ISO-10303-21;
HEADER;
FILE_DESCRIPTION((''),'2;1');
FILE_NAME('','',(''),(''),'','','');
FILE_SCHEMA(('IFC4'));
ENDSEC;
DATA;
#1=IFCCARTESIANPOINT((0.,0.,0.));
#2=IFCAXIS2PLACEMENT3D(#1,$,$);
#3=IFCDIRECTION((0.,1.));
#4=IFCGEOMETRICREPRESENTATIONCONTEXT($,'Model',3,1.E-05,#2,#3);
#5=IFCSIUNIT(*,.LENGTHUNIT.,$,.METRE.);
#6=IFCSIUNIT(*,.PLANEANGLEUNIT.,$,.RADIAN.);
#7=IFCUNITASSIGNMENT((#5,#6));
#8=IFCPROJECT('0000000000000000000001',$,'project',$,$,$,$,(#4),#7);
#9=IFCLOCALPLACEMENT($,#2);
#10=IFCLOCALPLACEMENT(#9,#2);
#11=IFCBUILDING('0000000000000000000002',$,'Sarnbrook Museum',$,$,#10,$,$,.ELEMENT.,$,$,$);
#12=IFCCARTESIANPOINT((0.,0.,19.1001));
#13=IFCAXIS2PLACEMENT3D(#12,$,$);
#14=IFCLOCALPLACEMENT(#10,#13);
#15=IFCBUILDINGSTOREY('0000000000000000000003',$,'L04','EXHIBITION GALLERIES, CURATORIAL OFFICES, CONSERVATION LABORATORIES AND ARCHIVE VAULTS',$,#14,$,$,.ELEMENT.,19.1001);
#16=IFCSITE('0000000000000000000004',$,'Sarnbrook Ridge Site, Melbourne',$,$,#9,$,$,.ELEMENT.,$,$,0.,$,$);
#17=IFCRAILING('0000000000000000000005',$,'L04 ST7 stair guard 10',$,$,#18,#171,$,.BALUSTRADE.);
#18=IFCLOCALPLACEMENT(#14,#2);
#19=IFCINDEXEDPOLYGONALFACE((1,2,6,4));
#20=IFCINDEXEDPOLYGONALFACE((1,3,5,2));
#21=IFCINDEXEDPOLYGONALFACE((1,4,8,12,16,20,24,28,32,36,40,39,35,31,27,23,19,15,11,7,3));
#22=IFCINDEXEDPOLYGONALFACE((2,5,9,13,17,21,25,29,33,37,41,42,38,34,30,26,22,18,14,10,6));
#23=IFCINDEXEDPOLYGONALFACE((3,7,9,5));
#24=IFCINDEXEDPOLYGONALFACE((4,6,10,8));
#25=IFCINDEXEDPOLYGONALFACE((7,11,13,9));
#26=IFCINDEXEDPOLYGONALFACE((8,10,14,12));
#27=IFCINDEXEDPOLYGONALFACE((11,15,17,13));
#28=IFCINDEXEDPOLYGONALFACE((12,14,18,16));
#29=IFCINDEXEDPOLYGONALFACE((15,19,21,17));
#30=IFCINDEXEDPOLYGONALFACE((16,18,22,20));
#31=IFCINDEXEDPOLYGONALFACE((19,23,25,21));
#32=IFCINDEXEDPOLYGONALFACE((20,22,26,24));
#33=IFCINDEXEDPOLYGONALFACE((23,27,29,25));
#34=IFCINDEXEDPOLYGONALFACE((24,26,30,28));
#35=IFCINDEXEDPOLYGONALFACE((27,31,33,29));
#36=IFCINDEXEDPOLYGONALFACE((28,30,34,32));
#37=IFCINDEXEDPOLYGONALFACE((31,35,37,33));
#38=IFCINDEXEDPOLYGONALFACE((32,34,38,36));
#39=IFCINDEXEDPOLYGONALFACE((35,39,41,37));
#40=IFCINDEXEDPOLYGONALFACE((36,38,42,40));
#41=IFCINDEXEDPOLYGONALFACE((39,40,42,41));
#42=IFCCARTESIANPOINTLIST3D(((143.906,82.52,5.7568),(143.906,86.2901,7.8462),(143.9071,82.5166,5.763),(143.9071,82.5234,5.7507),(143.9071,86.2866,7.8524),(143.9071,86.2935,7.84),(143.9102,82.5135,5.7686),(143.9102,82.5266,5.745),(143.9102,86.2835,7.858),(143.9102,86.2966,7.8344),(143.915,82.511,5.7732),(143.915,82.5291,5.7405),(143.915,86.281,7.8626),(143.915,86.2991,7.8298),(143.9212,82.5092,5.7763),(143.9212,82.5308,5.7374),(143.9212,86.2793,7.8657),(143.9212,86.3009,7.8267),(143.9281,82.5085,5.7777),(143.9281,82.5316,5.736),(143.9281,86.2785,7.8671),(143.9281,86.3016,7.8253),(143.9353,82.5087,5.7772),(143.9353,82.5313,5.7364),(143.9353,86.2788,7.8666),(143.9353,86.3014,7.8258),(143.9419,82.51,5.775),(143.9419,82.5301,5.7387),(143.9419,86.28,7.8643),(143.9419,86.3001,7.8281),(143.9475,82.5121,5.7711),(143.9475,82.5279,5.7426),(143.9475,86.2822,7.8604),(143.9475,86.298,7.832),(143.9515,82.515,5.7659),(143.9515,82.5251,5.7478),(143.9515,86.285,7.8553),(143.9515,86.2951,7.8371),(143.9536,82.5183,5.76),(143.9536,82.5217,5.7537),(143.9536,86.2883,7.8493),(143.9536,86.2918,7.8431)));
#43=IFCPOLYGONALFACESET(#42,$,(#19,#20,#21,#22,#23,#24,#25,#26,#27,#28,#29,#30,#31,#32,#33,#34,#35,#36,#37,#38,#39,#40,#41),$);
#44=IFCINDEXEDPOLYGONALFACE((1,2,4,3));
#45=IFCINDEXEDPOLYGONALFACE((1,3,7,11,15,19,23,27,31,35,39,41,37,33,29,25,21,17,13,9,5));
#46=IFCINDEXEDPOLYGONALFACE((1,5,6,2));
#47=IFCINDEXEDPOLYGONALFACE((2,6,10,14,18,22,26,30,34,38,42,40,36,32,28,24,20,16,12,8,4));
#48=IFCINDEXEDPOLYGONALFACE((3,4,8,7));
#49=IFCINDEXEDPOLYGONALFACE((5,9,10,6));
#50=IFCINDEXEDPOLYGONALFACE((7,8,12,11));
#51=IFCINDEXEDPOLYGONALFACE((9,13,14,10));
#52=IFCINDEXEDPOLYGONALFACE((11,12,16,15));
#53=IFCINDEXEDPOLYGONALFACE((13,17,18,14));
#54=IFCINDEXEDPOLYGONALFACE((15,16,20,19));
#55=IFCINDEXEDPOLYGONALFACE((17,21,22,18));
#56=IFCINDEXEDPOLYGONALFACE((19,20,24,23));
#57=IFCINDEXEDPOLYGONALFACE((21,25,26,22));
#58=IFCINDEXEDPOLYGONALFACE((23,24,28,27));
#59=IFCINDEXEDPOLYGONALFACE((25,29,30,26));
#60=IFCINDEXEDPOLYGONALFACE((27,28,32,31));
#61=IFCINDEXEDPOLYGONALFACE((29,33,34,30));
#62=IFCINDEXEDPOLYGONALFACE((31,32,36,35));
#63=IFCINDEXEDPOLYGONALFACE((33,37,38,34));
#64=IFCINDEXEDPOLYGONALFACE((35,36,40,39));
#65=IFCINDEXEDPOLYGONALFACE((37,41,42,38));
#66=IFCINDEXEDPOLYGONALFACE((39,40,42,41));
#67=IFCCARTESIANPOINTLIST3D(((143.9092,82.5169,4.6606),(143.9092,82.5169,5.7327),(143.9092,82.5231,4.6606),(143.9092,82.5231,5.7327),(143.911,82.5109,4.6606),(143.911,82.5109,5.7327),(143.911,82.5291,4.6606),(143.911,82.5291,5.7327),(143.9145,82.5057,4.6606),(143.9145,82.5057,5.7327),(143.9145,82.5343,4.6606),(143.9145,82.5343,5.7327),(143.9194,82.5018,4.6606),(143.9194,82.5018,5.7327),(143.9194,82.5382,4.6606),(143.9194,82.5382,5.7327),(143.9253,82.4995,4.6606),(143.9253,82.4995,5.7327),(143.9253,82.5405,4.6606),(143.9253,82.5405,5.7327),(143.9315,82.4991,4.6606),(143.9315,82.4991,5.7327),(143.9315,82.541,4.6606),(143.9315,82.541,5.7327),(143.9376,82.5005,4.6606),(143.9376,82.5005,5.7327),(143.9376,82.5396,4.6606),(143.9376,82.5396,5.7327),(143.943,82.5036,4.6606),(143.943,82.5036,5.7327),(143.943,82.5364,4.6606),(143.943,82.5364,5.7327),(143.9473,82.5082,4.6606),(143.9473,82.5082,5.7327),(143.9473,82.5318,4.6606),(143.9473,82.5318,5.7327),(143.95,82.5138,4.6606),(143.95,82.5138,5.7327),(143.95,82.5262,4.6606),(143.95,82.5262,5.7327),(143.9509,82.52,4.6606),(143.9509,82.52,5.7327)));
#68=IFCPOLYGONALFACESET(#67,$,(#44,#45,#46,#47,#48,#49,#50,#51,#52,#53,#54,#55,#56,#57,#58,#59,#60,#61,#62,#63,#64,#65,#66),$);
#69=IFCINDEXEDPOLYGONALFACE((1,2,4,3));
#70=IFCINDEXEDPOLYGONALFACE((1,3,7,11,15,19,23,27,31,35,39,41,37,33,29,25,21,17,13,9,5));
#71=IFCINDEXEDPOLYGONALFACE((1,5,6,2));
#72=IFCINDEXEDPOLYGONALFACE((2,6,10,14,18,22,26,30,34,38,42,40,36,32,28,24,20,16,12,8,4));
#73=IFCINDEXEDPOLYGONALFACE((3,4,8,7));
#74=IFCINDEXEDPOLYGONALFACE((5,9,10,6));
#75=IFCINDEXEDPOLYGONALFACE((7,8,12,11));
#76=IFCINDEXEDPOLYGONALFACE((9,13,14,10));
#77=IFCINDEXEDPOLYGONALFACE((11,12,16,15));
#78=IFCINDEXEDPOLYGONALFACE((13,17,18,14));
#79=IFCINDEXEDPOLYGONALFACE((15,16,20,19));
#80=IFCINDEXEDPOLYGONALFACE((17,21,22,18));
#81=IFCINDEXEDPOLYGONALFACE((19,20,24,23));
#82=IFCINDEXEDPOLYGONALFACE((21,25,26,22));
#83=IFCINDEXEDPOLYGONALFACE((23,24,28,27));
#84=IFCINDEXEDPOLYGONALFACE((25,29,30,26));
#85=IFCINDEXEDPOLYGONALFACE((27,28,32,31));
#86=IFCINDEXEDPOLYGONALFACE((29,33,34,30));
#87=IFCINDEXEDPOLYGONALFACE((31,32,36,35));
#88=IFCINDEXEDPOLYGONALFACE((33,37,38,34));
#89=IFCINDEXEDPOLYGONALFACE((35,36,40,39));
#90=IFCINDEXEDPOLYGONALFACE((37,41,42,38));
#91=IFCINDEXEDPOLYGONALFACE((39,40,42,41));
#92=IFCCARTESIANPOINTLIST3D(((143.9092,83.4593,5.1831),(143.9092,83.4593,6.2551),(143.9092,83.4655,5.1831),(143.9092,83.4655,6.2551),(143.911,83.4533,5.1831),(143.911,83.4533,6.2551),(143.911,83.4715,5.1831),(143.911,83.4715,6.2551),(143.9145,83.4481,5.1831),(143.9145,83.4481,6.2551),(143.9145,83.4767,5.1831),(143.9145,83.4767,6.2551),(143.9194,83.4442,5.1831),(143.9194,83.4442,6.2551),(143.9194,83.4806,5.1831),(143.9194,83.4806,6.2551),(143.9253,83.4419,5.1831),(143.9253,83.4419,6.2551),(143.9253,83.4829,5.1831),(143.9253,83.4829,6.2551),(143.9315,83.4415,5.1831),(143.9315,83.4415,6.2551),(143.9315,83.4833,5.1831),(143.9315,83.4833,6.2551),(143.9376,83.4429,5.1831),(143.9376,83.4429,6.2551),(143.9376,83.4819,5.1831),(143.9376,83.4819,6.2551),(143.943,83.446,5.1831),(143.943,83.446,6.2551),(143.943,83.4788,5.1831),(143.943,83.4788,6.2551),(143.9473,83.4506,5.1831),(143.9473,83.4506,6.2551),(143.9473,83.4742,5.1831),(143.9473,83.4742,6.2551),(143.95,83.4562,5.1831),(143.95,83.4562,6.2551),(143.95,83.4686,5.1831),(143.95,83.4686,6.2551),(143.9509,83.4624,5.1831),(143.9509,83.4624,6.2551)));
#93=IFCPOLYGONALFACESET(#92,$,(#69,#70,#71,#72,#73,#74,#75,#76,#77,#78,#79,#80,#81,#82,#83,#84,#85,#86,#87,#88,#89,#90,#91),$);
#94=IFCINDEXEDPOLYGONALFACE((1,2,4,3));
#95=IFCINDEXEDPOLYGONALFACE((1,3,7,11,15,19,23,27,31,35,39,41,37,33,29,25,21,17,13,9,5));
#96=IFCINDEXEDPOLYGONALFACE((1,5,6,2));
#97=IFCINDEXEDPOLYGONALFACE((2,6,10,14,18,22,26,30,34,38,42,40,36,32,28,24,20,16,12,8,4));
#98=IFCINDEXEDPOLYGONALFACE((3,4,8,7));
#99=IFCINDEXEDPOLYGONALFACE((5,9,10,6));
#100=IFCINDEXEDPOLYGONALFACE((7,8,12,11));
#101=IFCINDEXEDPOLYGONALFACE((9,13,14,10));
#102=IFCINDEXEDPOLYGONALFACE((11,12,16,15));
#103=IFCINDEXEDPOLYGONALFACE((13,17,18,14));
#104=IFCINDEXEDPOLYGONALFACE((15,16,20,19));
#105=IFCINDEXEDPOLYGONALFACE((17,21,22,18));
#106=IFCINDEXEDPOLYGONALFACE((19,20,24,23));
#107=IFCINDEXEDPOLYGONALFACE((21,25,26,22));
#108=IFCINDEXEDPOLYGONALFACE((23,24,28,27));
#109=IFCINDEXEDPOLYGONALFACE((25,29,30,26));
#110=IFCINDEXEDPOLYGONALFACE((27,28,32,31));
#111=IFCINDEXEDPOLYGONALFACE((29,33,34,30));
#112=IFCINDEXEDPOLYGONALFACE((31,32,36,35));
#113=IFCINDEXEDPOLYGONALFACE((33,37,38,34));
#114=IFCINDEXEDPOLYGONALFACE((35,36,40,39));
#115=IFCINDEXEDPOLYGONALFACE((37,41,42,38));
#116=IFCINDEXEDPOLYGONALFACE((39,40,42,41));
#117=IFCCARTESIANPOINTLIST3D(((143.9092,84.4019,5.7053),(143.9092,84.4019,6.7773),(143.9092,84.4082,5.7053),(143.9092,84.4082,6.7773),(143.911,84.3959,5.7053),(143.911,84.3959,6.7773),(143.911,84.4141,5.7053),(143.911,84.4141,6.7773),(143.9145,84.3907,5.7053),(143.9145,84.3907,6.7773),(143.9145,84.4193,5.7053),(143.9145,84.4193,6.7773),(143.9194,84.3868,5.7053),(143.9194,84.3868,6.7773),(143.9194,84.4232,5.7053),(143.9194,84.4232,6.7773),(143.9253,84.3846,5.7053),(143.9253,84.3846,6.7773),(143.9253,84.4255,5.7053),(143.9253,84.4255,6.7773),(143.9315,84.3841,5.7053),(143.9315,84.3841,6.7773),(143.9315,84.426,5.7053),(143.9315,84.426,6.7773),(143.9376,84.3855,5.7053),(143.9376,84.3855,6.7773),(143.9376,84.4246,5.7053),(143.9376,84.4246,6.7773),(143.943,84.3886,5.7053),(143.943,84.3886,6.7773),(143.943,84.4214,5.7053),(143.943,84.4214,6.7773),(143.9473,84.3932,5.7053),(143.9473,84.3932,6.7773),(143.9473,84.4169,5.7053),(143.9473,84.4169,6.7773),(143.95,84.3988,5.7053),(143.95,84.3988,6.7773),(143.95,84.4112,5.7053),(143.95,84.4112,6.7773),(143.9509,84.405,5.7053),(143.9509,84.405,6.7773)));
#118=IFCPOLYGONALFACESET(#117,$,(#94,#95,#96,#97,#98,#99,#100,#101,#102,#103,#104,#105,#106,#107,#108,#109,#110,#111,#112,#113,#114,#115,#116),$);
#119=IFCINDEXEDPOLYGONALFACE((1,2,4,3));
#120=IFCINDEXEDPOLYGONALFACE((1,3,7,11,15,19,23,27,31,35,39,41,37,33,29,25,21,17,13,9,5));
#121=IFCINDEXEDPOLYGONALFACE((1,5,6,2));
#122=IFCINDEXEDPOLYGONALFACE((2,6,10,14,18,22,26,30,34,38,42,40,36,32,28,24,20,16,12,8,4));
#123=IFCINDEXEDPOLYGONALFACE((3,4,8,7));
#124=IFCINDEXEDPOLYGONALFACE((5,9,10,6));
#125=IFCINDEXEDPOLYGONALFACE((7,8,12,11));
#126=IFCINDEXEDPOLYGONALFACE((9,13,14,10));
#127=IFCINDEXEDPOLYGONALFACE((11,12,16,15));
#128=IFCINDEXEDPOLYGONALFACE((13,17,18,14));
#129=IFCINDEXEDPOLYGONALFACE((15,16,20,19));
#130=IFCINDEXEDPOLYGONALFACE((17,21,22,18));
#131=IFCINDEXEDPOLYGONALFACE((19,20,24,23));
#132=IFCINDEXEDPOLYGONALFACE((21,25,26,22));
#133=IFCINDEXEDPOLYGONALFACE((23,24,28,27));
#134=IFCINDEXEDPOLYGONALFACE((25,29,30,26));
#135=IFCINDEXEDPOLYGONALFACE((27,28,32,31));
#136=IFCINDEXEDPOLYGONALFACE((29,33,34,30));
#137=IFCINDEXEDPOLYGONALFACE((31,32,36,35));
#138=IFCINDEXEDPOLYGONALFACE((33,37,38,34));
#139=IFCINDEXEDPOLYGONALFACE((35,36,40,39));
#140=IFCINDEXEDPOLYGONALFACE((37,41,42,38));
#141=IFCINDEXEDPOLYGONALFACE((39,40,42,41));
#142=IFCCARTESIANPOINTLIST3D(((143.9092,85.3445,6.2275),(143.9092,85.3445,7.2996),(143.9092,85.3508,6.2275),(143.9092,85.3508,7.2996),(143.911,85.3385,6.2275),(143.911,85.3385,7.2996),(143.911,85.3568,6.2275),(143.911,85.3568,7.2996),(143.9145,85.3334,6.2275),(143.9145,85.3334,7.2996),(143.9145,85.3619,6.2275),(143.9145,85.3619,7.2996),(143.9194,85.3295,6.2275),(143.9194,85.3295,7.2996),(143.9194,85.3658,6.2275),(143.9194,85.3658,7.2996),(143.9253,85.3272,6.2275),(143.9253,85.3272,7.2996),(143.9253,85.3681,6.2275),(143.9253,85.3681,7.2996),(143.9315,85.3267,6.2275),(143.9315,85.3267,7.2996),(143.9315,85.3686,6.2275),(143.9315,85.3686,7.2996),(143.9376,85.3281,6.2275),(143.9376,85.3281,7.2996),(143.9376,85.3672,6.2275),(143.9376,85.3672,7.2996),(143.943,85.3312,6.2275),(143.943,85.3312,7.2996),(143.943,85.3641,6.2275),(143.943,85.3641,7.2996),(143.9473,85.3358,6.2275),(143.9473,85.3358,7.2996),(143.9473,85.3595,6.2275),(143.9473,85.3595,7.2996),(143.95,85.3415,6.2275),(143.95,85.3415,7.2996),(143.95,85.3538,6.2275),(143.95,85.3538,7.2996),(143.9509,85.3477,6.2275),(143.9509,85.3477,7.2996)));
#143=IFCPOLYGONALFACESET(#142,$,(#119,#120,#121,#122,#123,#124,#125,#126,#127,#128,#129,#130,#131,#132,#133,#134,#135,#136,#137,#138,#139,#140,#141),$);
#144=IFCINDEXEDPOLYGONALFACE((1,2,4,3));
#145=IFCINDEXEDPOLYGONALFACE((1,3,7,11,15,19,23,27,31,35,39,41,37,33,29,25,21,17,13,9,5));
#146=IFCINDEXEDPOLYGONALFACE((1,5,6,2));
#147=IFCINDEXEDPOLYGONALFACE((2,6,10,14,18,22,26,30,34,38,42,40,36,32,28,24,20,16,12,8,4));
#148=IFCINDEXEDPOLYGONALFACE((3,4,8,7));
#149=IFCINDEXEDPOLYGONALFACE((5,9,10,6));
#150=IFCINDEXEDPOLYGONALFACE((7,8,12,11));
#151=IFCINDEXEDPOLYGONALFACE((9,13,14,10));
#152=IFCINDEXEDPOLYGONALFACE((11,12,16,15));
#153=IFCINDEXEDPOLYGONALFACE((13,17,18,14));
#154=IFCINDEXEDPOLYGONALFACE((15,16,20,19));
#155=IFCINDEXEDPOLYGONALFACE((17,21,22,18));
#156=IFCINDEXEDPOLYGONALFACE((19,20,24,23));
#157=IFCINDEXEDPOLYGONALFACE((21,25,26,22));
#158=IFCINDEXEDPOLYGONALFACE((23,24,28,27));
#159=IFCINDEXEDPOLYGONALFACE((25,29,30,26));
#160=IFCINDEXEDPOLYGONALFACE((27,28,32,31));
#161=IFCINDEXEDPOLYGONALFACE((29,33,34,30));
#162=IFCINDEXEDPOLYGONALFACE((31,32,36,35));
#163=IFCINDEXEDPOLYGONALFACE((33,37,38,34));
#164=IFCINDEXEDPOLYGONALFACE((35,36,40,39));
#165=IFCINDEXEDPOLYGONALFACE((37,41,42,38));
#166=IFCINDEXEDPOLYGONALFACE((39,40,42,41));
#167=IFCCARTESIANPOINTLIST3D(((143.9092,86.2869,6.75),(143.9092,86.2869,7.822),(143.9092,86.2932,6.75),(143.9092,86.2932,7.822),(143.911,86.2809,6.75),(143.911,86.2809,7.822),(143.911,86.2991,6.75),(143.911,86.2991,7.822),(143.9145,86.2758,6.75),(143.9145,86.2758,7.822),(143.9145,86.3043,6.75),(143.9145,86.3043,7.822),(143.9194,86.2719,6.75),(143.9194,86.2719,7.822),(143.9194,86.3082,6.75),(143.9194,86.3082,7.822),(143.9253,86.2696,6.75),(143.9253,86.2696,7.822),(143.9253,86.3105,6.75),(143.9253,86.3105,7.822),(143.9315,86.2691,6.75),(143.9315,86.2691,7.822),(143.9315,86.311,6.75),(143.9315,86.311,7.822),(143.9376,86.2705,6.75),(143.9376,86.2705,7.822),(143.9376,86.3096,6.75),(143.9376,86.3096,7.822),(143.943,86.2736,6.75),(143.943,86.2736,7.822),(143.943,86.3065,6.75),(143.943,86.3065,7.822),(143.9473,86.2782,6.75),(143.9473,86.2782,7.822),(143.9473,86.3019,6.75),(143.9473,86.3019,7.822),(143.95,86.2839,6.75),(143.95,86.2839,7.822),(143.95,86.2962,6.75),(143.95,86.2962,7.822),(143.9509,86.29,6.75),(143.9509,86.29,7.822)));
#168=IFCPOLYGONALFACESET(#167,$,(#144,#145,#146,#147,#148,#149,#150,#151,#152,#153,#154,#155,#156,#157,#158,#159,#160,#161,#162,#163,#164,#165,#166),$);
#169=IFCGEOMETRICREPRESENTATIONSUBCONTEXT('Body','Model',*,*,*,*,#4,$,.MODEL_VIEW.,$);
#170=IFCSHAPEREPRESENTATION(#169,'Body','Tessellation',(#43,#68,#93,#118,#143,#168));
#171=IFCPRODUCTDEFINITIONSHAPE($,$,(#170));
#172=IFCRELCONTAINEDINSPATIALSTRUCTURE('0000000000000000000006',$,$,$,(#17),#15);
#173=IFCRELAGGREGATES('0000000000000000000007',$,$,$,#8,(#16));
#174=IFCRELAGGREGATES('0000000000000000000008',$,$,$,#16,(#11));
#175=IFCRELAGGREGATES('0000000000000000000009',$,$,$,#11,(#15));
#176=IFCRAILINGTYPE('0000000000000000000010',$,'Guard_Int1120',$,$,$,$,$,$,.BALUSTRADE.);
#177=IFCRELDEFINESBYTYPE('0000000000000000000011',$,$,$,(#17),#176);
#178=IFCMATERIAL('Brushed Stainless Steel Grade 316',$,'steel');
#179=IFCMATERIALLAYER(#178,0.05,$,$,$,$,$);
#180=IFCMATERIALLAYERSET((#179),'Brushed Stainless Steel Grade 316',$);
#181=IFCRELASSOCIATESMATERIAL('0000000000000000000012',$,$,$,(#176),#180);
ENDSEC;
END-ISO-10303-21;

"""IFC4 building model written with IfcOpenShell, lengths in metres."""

from ifc_helpers import new_model, si_unit, direction, frame, origin, origin_2d, place, context, subcontext, project, spatial, circle, extrude, material, layer, layer_set, type_object, element, save


model = new_model("IFC4")

# Units and contexts
model_context = context("Model", 3, precision=1e-05, world=origin(), true_north=direction((0.0, 1.0)))
body_context = subcontext(model_context, "Body", "Model", "MODEL_VIEW")
ifc_project = project(units=[si_unit("LENGTHUNIT", "METRE"), si_unit("PLANEANGLEUNIT", "RADIAN")], contexts=[model_context])

# Site, building, storey
site_placement = place(None, origin())
site = spatial("IfcSite", under=ifc_project, at=site_placement, Name="Sarnbrook Ridge Site, Melbourne", CompositionType="ELEMENT", RefElevation=0.0)
building_placement = place(site_placement, origin())
building = spatial("IfcBuilding", under=site, at=building_placement, Name="Sarnbrook Museum", CompositionType="ELEMENT")
storey_placement = place(building_placement, frame((0.0, 0.0, 19.1001)))
storey = spatial("IfcBuildingStorey", under=building, at=storey_placement, Name="L04", Description="EXHIBITION GALLERIES, CURATORIAL OFFICES, CONSERVATION LABORATORIES AND ARCHIVE VAULTS", CompositionType="ELEMENT", Elevation=19.1001)

# Railing
ifc_material_1 = material(Name="Brushed Stainless Steel Grade 316", Category="steel")
ifc_layer_1 = layer(ifc_material_1, 0.05)
ifc_layer_set_1 = layer_set([ifc_layer_1], Name="Brushed Stainless Steel Grade 316")
railing_type_1 = type_object("IfcRailingType", Name="Guard_Int1120", PredefinedType="BALUSTRADE", material=ifc_layer_set_1)
railing_1_placement = place(storey_placement, frame((143.9299, 82.52, 4.6606)))
element("IfcRailing", 1, at=railing_1_placement, inside=storey, type_object=railing_type_1, Name="L04 ST7 stair guard 10", PredefinedType="BALUSTRADE", context=body_context, shape_type="SweptSolid", body=[
    extrude(circle(Radius=0.0239, at=origin_2d()), frame((0.0, 0.0, 1.0962), z_axis=(0.0, 0.874659, 0.484739), x_axis=(-1.0, 0.0, 0.0)), (0.0, 0.0, 1.0), 4.3103),
    extrude(circle(Radius=0.021, at=origin_2d()), origin(), (0.0, 0.0, 1.0), 1.072),
    extrude(circle(Radius=0.021, at=origin_2d()), frame((0.0, 0.9424, 0.5225)), (0.0, 0.0, 1.0), 1.072),
    extrude(circle(Radius=0.021, at=origin_2d()), frame((0.0, 1.885, 1.0447)), (0.0, 0.0, 1.0), 1.072),
    extrude(circle(Radius=0.021, at=origin_2d()), frame((0.0, 2.8276, 1.5669)), (0.0, 0.0, 1.0), 1.072),
    extrude(circle(Radius=0.021, at=origin_2d()), frame((0.0, 3.77, 2.0894)), (0.0, 0.0, 1.0), 1.072),
])

save(model, "model.ifc")
